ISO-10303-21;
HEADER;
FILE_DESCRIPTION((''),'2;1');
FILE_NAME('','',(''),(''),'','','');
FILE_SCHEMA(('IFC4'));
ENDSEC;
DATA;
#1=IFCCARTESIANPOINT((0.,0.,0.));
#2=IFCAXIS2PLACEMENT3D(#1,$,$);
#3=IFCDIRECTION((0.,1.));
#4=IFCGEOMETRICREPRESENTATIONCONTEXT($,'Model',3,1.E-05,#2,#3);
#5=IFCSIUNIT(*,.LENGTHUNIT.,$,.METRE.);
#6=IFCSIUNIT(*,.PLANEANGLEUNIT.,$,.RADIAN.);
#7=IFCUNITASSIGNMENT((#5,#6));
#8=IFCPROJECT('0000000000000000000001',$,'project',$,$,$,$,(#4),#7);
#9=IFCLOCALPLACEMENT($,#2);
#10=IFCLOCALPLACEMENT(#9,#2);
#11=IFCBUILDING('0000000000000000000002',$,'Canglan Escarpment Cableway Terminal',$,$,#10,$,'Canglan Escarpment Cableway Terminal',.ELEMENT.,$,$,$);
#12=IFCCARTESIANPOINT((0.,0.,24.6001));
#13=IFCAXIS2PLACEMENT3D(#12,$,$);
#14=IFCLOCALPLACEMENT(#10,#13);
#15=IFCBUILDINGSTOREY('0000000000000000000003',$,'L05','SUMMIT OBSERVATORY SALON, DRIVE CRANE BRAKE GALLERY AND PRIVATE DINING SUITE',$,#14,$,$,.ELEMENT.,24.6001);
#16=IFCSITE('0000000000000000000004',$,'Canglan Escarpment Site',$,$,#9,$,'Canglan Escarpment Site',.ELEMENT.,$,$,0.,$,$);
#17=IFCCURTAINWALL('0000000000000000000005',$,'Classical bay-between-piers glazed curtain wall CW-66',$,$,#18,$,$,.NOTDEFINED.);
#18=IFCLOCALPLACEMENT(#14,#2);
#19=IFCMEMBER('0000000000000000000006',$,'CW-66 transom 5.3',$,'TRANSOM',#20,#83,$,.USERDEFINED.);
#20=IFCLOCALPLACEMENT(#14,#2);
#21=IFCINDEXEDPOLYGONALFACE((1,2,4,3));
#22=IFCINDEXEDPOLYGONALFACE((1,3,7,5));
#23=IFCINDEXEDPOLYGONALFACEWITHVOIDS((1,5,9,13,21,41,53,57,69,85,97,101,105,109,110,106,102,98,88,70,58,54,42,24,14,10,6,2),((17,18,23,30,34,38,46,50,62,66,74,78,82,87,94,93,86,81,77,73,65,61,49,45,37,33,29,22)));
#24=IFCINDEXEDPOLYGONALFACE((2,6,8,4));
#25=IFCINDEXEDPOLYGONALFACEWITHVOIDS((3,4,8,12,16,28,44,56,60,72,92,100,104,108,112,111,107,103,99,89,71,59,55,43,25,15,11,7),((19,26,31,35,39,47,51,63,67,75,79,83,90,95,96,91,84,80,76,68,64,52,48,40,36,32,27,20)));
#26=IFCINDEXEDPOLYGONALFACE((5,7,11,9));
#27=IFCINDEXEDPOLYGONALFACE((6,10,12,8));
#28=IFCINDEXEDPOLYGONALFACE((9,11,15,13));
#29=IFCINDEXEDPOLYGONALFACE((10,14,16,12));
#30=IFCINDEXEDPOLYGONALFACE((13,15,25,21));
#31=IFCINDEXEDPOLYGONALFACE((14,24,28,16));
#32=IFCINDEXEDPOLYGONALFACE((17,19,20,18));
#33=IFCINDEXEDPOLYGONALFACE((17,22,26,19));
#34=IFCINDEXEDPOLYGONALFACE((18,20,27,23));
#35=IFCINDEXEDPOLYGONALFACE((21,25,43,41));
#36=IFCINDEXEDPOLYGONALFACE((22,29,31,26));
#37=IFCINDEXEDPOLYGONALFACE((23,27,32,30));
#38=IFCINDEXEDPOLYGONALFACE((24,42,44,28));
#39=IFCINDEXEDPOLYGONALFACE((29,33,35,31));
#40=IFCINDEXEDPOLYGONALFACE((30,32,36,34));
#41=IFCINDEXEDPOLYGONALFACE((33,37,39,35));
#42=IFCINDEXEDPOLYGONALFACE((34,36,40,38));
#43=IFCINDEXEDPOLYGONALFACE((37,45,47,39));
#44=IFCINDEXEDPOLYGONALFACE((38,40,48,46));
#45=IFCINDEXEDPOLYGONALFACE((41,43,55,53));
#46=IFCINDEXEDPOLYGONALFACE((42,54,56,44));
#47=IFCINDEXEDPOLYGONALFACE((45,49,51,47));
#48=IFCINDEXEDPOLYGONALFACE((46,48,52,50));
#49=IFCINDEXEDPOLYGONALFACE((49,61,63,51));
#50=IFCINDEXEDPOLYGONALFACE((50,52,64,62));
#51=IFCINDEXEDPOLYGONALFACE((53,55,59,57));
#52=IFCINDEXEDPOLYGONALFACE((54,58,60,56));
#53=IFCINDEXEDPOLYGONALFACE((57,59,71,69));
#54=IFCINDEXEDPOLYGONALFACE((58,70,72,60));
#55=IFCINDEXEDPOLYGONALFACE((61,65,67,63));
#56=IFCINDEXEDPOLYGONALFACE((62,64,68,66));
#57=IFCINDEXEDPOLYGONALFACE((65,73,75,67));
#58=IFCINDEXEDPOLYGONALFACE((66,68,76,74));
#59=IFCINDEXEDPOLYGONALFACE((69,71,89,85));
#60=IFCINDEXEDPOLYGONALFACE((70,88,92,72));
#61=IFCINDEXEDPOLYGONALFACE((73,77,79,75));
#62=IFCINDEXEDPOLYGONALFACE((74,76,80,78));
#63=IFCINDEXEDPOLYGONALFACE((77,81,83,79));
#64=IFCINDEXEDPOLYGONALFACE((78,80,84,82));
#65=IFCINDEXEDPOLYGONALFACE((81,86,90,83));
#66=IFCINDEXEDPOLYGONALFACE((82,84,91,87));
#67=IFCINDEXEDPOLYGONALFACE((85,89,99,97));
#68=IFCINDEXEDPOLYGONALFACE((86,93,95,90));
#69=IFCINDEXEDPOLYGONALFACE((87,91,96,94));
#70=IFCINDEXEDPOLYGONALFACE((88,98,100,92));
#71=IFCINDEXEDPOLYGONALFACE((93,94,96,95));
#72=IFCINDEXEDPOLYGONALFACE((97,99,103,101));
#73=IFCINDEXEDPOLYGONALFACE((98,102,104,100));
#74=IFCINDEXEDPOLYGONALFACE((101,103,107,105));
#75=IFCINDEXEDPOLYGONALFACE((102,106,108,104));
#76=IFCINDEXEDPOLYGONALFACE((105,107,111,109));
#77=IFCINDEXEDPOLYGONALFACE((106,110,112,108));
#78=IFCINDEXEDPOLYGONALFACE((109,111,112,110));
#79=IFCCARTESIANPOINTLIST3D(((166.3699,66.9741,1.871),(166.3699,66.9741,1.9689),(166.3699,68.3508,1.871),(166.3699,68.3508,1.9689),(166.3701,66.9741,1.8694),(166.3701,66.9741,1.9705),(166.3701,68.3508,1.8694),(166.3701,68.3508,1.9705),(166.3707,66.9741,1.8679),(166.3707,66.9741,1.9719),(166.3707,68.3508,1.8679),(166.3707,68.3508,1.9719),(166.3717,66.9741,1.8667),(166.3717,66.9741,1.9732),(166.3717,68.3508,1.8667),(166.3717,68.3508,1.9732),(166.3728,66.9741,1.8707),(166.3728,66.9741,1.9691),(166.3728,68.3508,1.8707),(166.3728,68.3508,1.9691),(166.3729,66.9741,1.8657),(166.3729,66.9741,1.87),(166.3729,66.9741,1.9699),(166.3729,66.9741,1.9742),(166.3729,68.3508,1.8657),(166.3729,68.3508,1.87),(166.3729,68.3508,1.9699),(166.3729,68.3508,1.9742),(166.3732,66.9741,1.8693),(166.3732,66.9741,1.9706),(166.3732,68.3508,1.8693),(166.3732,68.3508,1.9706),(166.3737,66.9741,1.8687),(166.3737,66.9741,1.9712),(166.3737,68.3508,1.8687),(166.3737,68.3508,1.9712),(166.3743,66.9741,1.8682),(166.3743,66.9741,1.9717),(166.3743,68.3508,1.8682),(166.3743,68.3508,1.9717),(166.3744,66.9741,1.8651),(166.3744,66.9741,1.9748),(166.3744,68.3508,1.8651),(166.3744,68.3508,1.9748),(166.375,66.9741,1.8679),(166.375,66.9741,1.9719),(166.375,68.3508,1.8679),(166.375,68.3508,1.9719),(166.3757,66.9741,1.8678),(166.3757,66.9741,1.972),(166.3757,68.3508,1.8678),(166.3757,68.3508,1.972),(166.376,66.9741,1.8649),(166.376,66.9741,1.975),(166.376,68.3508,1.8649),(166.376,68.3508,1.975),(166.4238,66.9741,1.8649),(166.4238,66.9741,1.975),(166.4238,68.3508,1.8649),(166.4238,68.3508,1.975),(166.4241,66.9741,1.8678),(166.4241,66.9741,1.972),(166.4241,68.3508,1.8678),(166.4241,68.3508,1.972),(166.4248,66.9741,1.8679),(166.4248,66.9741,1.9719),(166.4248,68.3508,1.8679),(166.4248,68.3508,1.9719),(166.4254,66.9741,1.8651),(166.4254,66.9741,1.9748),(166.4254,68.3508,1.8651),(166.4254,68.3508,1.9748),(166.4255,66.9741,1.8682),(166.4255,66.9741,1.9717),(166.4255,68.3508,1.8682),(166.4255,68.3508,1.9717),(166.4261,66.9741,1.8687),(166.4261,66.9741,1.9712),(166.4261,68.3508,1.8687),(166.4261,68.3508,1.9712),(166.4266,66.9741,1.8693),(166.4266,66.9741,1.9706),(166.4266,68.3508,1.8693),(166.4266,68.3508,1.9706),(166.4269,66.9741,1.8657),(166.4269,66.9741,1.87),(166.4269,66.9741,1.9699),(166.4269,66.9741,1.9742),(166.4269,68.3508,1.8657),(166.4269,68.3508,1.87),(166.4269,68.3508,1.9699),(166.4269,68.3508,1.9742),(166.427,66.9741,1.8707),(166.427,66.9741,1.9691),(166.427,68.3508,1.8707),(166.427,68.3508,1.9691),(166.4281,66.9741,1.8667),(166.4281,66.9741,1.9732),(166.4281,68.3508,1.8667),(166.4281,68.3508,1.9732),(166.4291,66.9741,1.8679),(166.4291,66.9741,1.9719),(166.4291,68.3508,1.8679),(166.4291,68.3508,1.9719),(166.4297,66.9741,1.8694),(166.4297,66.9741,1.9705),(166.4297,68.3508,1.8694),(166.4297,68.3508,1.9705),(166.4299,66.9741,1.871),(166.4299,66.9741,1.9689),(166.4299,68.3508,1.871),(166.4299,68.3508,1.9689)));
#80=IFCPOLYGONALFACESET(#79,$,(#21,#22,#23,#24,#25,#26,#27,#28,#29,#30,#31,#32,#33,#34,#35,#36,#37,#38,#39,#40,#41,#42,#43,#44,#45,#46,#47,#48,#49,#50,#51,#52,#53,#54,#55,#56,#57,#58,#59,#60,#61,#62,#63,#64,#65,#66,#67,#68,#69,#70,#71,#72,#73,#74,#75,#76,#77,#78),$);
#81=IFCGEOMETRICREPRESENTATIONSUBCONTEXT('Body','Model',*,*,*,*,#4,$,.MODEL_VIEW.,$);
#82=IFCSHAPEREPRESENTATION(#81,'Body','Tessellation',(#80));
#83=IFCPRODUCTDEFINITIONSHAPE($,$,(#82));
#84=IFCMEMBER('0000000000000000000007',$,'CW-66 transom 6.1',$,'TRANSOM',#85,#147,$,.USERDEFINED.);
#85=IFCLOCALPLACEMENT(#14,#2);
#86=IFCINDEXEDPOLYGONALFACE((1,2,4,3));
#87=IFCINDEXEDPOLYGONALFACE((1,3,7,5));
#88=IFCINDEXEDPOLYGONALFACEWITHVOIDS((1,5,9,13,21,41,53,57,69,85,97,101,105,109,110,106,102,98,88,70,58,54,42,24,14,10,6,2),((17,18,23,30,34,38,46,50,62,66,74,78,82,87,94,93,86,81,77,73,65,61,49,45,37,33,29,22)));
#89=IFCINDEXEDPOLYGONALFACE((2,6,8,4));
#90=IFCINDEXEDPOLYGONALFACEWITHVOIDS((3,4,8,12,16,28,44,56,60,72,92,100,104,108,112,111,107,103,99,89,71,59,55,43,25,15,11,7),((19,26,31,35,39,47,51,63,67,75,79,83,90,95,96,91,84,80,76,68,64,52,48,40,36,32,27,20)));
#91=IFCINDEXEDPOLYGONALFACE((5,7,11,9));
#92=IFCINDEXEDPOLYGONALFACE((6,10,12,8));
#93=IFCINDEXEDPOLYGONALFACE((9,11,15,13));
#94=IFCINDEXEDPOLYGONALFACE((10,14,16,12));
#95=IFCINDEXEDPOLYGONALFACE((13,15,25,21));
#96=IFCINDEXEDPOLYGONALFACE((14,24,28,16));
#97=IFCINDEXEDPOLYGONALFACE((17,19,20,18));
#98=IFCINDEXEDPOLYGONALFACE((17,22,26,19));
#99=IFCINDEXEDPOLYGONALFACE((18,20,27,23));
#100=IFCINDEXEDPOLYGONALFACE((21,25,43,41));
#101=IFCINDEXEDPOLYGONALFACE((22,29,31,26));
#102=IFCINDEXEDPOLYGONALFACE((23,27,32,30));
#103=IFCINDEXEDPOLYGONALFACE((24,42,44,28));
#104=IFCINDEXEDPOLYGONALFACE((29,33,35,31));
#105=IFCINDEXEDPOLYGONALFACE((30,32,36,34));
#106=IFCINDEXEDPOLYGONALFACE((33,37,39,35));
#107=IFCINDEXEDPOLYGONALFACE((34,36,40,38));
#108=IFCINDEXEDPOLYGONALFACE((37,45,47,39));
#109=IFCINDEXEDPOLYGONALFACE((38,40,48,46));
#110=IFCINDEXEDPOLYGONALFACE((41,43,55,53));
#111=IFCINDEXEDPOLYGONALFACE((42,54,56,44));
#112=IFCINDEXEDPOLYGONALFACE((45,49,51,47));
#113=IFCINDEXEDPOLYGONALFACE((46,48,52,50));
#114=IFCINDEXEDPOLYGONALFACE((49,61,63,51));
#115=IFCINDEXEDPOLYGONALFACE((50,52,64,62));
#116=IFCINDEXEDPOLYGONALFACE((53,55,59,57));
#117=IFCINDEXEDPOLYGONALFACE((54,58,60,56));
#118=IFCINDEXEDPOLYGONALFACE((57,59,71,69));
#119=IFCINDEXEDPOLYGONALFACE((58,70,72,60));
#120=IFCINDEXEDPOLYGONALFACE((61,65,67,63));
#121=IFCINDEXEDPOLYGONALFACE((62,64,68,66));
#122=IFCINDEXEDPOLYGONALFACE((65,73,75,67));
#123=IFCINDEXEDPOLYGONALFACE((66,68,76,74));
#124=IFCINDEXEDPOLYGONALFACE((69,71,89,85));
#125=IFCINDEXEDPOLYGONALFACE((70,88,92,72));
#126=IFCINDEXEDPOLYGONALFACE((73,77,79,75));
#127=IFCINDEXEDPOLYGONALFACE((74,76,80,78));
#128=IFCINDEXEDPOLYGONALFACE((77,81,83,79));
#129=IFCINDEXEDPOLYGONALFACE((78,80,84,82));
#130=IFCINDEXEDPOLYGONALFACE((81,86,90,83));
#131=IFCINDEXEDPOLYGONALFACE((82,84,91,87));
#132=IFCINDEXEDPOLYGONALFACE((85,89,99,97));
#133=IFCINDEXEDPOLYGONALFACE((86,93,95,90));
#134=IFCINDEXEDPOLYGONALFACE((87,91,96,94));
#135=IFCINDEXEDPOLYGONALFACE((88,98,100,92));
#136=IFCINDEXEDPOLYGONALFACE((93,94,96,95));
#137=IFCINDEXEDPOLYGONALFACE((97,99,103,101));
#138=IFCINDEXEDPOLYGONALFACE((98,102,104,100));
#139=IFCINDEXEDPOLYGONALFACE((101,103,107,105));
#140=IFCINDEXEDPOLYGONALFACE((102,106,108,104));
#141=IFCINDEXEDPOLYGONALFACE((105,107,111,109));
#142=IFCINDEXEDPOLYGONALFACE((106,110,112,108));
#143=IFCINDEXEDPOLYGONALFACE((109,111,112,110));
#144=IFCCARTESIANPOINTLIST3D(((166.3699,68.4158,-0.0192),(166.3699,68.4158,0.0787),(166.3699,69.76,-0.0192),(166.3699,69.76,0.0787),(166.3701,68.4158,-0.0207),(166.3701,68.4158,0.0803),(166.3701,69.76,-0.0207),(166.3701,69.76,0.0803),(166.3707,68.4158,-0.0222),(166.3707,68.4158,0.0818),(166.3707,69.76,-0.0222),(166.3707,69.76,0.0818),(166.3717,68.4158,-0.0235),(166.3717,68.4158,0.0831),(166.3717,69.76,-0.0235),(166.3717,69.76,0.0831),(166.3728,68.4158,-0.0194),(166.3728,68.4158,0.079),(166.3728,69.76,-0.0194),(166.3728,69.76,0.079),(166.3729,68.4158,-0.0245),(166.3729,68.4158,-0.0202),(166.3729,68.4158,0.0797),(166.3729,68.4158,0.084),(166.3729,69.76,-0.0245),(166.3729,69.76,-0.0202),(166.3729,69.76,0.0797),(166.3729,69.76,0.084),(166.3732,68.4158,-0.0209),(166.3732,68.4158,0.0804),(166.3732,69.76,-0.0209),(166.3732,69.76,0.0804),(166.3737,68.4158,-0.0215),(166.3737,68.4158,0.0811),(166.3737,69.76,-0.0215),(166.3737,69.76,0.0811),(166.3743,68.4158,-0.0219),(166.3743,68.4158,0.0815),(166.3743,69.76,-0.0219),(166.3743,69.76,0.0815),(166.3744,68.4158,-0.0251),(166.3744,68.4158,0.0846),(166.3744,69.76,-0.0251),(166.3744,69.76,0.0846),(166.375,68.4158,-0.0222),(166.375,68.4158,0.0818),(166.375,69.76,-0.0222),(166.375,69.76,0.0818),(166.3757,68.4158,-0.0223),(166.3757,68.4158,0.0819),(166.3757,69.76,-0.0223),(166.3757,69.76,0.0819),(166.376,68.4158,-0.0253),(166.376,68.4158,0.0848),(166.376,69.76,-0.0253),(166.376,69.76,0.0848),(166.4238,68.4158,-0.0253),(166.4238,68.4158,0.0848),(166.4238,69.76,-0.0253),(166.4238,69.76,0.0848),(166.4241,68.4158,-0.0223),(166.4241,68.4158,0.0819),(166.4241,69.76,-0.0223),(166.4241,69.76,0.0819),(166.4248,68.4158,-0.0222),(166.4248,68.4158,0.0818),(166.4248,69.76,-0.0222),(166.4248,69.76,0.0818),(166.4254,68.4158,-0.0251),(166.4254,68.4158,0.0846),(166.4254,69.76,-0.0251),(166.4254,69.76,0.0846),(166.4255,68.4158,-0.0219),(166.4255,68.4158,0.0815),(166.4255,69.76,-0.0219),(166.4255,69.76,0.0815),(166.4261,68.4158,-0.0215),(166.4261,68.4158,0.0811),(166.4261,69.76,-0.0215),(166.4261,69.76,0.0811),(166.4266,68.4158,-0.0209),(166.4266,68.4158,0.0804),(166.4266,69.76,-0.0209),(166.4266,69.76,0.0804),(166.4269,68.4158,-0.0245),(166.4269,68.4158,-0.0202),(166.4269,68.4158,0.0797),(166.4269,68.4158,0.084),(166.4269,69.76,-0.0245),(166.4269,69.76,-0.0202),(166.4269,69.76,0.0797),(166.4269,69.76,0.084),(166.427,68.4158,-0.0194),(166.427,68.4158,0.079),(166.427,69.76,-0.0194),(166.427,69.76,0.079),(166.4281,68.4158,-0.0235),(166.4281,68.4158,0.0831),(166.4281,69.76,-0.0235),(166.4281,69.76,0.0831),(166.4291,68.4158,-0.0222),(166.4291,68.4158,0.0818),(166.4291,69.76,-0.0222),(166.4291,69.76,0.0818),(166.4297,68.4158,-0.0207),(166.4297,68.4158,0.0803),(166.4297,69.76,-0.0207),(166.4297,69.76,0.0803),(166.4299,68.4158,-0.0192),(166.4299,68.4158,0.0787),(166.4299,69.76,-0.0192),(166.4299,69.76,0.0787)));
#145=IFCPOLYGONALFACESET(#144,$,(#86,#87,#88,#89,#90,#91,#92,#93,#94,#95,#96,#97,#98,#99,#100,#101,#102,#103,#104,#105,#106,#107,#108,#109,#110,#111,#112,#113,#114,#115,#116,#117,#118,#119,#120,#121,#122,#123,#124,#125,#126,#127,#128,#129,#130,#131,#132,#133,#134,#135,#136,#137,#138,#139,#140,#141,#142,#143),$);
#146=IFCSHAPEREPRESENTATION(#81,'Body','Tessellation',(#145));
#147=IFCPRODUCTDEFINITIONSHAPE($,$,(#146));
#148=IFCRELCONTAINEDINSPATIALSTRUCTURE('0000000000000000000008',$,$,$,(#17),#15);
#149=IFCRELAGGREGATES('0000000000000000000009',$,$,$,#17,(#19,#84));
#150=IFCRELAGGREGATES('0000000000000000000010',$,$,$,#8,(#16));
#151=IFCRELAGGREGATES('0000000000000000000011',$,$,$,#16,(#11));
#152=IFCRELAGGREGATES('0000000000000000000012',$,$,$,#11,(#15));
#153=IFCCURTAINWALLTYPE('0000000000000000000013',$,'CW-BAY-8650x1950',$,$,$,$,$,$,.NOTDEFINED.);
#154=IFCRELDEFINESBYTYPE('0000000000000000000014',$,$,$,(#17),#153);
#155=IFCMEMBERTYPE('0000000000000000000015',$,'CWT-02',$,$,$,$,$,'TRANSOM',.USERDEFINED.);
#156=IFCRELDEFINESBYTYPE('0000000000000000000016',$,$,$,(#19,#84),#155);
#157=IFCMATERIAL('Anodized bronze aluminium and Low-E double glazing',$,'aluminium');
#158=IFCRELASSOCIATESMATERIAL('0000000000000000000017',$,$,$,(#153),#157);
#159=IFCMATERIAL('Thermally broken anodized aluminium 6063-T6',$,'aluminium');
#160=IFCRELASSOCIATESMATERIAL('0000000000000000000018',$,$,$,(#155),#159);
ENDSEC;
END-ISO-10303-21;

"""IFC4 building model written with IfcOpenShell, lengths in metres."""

from ifc_helpers import new_model, si_unit, direction, frame, origin, origin_2d, place, context, subcontext, project, spatial, hollow_rectangle, extrude, material, material_profile, profile_set, type_object, element, aggregate, save


model = new_model("IFC4")

# Units and contexts
model_context = context("Model", 3, precision=1e-05, world=origin(), true_north=direction((0.0, 1.0)))
body_context = subcontext(model_context, "Body", "Model", "MODEL_VIEW")
ifc_project = project(units=[si_unit("LENGTHUNIT", "METRE"), si_unit("PLANEANGLEUNIT", "RADIAN")], contexts=[model_context])

# Site, building, storey
site_placement = place(None, origin())
site = spatial("IfcSite", under=ifc_project, at=site_placement, Name="Canglan Escarpment Site", LongName="Canglan Escarpment Site", CompositionType="ELEMENT", RefElevation=0.0)
building_placement = place(site_placement, origin())
building = spatial("IfcBuilding", under=site, at=building_placement, Name="Canglan Escarpment Cableway Terminal", LongName="Canglan Escarpment Cableway Terminal", CompositionType="ELEMENT")
storey_placement = place(building_placement, frame((0.0, 0.0, 24.6001)))
storey = spatial("IfcBuildingStorey", under=building, at=storey_placement, Name="L05", Description="SUMMIT OBSERVATORY SALON, DRIVE CRANE BRAKE GALLERY AND PRIVATE DINING SUITE", CompositionType="ELEMENT", Elevation=24.6001)

# Curtain wall
ifc_material_1 = material(Name="Anodized bronze aluminium and Low-E double glazing", Category="aluminium")
curtain_wall_type = type_object("IfcCurtainWallType", Name="CW-BAY-8650x1950", PredefinedType="NOTDEFINED", material=ifc_material_1)
curtain_wall_1_placement = place(storey_placement, origin())
curtain_wall_1 = element("IfcCurtainWall", 1, at=curtain_wall_1_placement, inside=storey, type_object=curtain_wall_type, Name="Classical bay-between-piers glazed curtain wall CW-66", PredefinedType="NOTDEFINED")
ifc_material_2 = material(Name="Thermally broken anodized aluminium 6063-T6", Category="aluminium")

# Members
ifc_material_profile_1 = material_profile(ifc_material_2, hollow_rectangle(XDim=0.0601, YDim=0.1101, WallThickness=0.0029, InnerFilletRadius=0.0029, OuterFilletRadius=0.0061, at=origin_2d()), Name="ALU-TRAN 60x110x3")
ifc_profile_set_1 = profile_set([ifc_material_profile_1], Name="Thermally broken anodized aluminium 6063-T6")
member_type_1 = type_object("IfcMemberType", Name="CWT-02", ElementType="TRANSOM", PredefinedType="USERDEFINED", material=ifc_profile_set_1)
member_1_placement = place(storey_placement, frame((166.3999, 66.9741, 1.9199), z_axis=(0.0, 1.0, 0.0), x_axis=(-1.0, 0.0, 0.0)))
member_1 = element("IfcMember", 2, at=member_1_placement, type_object=member_type_1, Name="CW-66 transom 5.3", ObjectType="TRANSOM", PredefinedType="USERDEFINED", context=body_context, shape_type="SweptSolid", body=[
    extrude(hollow_rectangle(XDim=0.0601, YDim=0.1101, WallThickness=0.0029, InnerFilletRadius=0.0029, OuterFilletRadius=0.0061, at=origin_2d()), origin(), (0.0, 0.0, 1.0), 1.3767),
])
member_2_placement = place(storey_placement, frame((166.3999, 68.4158, 0.0298), z_axis=(0.0, 1.0, 0.0), x_axis=(-1.0, 0.0, 0.0)))
member_2 = element("IfcMember", 3, at=member_2_placement, type_object=member_type_1, Name="CW-66 transom 6.1", ObjectType="TRANSOM", PredefinedType="USERDEFINED", context=body_context, shape_type="SweptSolid", body=[
    extrude(hollow_rectangle(XDim=0.0601, YDim=0.1101, WallThickness=0.0029, InnerFilletRadius=0.0029, OuterFilletRadius=0.0061, at=origin_2d()), origin(), (0.0, 0.0, 1.0), 1.3442),
])

aggregate(curtain_wall_1, [member_1, member_2])

save(model, "model.ifc")
